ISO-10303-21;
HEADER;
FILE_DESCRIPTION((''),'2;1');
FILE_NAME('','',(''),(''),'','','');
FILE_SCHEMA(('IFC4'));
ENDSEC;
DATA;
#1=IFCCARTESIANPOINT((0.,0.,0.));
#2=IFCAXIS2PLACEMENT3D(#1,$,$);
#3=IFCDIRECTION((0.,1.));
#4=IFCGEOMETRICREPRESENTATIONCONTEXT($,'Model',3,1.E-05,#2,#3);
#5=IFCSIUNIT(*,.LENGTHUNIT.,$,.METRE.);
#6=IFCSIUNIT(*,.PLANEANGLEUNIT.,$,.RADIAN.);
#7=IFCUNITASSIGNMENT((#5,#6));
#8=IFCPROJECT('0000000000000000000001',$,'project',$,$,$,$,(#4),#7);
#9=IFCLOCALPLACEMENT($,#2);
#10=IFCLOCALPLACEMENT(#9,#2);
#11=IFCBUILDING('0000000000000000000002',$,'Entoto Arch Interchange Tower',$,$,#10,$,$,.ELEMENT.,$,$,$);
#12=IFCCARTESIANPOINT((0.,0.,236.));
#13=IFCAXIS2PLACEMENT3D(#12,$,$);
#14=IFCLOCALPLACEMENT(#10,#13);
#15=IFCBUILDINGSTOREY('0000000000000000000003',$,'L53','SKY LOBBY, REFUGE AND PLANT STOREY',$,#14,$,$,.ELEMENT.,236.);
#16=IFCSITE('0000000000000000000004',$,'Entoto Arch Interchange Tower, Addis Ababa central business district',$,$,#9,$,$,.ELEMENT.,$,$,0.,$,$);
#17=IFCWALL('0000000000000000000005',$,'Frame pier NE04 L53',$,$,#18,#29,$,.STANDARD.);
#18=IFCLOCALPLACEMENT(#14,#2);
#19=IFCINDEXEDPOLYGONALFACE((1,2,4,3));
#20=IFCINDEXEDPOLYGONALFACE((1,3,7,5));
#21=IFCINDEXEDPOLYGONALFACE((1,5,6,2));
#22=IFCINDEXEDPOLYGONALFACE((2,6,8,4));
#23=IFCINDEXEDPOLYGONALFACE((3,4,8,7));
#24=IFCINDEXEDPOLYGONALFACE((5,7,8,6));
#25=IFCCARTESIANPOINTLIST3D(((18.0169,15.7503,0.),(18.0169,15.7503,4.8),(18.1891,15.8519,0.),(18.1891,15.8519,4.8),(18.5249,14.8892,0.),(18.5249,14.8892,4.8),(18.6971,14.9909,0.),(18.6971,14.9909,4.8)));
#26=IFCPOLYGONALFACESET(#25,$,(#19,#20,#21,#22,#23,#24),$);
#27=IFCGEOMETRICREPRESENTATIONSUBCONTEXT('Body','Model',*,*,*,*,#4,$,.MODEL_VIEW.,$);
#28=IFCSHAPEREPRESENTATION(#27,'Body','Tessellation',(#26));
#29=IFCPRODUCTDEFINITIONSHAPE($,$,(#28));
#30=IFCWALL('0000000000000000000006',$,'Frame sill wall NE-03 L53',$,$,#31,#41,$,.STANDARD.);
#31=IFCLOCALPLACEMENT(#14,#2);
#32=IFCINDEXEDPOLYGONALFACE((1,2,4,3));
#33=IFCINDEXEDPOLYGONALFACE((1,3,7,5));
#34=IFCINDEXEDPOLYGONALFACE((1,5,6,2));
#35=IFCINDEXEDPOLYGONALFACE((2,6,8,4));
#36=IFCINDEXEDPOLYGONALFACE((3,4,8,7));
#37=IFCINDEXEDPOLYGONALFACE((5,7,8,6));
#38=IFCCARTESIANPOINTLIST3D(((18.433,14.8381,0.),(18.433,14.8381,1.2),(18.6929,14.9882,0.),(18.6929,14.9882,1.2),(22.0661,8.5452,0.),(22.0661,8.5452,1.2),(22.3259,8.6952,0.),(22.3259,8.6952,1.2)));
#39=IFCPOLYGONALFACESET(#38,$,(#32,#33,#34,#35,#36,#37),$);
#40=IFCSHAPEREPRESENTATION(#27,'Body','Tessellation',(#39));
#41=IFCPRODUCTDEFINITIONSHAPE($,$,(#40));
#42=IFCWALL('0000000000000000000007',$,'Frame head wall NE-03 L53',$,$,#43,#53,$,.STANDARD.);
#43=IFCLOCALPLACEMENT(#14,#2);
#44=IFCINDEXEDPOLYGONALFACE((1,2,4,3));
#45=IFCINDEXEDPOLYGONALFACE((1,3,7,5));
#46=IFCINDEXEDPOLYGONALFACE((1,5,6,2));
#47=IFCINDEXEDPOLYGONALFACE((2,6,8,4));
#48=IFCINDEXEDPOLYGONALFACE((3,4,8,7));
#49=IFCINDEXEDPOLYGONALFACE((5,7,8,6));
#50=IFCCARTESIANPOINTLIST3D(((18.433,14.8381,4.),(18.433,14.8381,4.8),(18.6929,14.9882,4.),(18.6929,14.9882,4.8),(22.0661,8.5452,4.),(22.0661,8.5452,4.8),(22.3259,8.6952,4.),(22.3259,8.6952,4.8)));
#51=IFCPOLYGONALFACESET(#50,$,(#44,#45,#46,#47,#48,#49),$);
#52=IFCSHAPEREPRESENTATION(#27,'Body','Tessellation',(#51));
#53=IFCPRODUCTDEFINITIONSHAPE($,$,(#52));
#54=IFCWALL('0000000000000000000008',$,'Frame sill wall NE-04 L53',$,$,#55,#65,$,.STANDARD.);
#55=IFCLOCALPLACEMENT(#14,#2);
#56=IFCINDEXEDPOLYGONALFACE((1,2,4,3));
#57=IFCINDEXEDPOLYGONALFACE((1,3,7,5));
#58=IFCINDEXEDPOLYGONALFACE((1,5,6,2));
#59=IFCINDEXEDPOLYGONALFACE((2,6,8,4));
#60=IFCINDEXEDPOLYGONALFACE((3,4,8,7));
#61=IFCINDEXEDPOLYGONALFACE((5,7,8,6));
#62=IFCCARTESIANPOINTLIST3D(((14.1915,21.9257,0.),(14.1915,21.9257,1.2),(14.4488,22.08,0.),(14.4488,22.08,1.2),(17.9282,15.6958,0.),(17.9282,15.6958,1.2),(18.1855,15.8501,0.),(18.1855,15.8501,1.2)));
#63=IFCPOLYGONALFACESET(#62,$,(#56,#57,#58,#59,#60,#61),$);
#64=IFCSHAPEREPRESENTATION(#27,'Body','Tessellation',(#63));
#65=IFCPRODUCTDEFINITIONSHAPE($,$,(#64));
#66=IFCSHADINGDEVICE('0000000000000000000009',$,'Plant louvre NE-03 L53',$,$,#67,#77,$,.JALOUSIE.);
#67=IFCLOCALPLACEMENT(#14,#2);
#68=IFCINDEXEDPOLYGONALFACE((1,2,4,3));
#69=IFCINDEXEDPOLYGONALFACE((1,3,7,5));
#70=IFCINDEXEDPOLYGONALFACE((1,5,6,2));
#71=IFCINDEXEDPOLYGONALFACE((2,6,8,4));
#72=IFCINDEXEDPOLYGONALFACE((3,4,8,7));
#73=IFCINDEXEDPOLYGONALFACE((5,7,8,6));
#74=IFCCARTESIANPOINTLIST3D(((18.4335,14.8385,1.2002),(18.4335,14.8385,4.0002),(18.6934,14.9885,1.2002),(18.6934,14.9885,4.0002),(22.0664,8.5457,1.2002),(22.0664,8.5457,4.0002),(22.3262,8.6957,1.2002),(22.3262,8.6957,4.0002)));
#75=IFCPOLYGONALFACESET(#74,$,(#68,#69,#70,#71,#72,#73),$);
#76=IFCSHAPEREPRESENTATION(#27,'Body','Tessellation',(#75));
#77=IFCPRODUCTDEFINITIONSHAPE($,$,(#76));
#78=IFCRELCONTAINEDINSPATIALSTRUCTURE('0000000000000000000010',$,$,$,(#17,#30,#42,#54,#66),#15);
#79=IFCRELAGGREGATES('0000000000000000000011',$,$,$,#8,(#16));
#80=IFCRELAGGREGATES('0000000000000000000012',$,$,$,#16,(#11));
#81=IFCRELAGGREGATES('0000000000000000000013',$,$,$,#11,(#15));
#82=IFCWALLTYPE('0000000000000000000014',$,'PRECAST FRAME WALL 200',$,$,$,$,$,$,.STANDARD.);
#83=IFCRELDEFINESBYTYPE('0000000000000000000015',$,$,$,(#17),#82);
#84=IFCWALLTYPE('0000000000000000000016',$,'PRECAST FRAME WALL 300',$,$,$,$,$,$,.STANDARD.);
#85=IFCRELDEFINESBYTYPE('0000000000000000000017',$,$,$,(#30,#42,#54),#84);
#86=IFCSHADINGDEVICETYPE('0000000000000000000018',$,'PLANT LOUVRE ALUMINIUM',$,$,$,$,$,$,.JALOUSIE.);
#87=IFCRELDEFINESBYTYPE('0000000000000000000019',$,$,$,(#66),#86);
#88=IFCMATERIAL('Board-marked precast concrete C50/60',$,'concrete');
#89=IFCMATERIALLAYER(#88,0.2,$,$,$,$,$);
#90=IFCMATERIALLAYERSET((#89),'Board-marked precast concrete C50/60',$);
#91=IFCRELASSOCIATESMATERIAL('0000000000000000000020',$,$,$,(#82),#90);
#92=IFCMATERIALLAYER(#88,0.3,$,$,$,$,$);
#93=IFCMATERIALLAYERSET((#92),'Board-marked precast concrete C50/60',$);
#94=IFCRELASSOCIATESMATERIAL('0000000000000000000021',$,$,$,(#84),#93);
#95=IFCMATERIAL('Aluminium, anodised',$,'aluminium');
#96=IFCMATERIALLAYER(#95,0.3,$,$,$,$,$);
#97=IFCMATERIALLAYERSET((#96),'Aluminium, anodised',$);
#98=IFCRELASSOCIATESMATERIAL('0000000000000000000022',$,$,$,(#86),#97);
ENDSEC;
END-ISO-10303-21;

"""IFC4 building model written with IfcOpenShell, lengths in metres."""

from ifc_helpers import new_model, si_unit, direction, frame, frame_2d, origin, origin_2d, place, context, subcontext, project, spatial, rectangle, extrude, material, layer, layer_set, type_object, element, save


model = new_model("IFC4")

# Units and contexts
model_context = context("Model", 3, precision=1e-05, world=origin(), true_north=direction((0.0, 1.0)))
body_context = subcontext(model_context, "Body", "Model", "MODEL_VIEW")
ifc_project = project(units=[si_unit("LENGTHUNIT", "METRE"), si_unit("PLANEANGLEUNIT", "RADIAN")], contexts=[model_context])

# Site, building, storey
site_placement = place(None, origin())
site = spatial("IfcSite", under=ifc_project, at=site_placement, Name="Entoto Arch Interchange Tower, Addis Ababa central business district", CompositionType="ELEMENT", RefElevation=0.0)
building_placement = place(site_placement, origin())
building = spatial("IfcBuilding", under=site, at=building_placement, Name="Entoto Arch Interchange Tower", CompositionType="ELEMENT")
storey_placement = place(building_placement, frame((0.0, 0.0, 236.0)))
storey = spatial("IfcBuildingStorey", under=building, at=storey_placement, Name="L53", Description="SKY LOBBY, REFUGE AND PLANT STOREY", CompositionType="ELEMENT", Elevation=236.0)

# Walls
ifc_material_1 = material(Name="Board-marked precast concrete C50/60", Category="concrete")
ifc_layer_1 = layer(ifc_material_1, 0.2)
ifc_layer_set_1 = layer_set([ifc_layer_1], Name="Board-marked precast concrete C50/60")
wall_type_1 = type_object("IfcWallType", Name="PRECAST FRAME WALL 200", PredefinedType="STANDARD", material=ifc_layer_set_1)
wall_1_placement = place(storey_placement, frame((18.6111, 14.9399, 0.0), z_axis=(0.0, 0.0, 1.0), x_axis=(-0.508162, 0.861262, 0.0)))
element("IfcWall", 1, at=wall_1_placement, inside=storey, type_object=wall_type_1, Name="Frame pier NE04 L53", PredefinedType="STANDARD", context=body_context, shape_type="SweptSolid", body=[
    extrude(rectangle(XDim=0.9998, YDim=0.2, at=frame_2d((0.5, 0.0))), origin(), (0.0, 0.0, 1.0), 4.8),
])
ifc_layer_2 = layer(ifc_material_1, 0.3)
ifc_layer_set_2 = layer_set([ifc_layer_2], Name="Board-marked precast concrete C50/60")
wall_type_2 = type_object("IfcWallType", Name="PRECAST FRAME WALL 300", PredefinedType="STANDARD", material=ifc_layer_set_2)
wall_2_placement = place(storey_placement, frame((22.196, 8.6201, 0.0), z_axis=(0.0, 0.0, 1.0), x_axis=(-0.49998, 0.866037, 0.0)))
element("IfcWall", 2, at=wall_2_placement, inside=storey, type_object=wall_type_2, Name="Frame sill wall NE-03 L53", PredefinedType="STANDARD", context=body_context, shape_type="SweptSolid", body=[
    extrude(rectangle(XDim=7.2664, YDim=0.3, at=frame_2d((3.6333, 0.0))), origin(), (0.0, 0.0, 1.0), 1.2),
])
wall_3_placement = place(storey_placement, frame((22.196, 8.6201, 4.0), z_axis=(0.0, 0.0, 1.0), x_axis=(-0.49998, 0.866037, 0.0)))
element("IfcWall", 3, at=wall_3_placement, inside=storey, type_object=wall_type_2, Name="Frame head wall NE-03 L53", PredefinedType="STANDARD", context=body_context, shape_type="SweptSolid", body=[
    extrude(rectangle(XDim=7.2664, YDim=0.3, at=frame_2d((3.6333, 0.0))), origin(), (0.0, 0.0, 1.0), 0.8),
])
wall_4_placement = place(storey_placement, frame((18.0569, 15.7729, 0.0), z_axis=(0.0, 0.0, 1.0), x_axis=(-0.514377, 0.857564, 0.0)))
element("IfcWall", 4, at=wall_4_placement, inside=storey, type_object=wall_type_2, Name="Frame sill wall NE-04 L53", PredefinedType="STANDARD", context=body_context, shape_type="SweptSolid", body=[
    extrude(rectangle(XDim=7.2646, YDim=0.3, at=frame_2d((3.6323, 0.0))), origin(), (0.0, 0.0, 1.0), 1.2),
])

# Shading device
ifc_material_2 = material(Name="Aluminium, anodised", Category="aluminium")
ifc_layer_3 = layer(ifc_material_2, 0.3)
ifc_layer_set_3 = layer_set([ifc_layer_3], Name="Aluminium, anodised")
shading_device_type = type_object("IfcShadingDeviceType", Name="PLANT LOUVRE ALUMINIUM", PredefinedType="JALOUSIE", material=ifc_layer_set_3)
shading_device_placement = place(storey_placement, frame((20.3799, 11.7671, 1.2002), z_axis=(0.0, 0.0, 1.0), x_axis=(-0.49997, 0.866043, 0.0)))
element("IfcShadingDevice", 5, at=shading_device_placement, inside=storey, type_object=shading_device_type, Name="Plant louvre NE-03 L53", PredefinedType="JALOUSIE", context=body_context, shape_type="SweptSolid", body=[
    extrude(rectangle(XDim=7.2661, YDim=0.3, at=origin_2d()), origin(), (0.0, 0.0, 1.0), 2.8),
])

save(model, "model.ifc")
